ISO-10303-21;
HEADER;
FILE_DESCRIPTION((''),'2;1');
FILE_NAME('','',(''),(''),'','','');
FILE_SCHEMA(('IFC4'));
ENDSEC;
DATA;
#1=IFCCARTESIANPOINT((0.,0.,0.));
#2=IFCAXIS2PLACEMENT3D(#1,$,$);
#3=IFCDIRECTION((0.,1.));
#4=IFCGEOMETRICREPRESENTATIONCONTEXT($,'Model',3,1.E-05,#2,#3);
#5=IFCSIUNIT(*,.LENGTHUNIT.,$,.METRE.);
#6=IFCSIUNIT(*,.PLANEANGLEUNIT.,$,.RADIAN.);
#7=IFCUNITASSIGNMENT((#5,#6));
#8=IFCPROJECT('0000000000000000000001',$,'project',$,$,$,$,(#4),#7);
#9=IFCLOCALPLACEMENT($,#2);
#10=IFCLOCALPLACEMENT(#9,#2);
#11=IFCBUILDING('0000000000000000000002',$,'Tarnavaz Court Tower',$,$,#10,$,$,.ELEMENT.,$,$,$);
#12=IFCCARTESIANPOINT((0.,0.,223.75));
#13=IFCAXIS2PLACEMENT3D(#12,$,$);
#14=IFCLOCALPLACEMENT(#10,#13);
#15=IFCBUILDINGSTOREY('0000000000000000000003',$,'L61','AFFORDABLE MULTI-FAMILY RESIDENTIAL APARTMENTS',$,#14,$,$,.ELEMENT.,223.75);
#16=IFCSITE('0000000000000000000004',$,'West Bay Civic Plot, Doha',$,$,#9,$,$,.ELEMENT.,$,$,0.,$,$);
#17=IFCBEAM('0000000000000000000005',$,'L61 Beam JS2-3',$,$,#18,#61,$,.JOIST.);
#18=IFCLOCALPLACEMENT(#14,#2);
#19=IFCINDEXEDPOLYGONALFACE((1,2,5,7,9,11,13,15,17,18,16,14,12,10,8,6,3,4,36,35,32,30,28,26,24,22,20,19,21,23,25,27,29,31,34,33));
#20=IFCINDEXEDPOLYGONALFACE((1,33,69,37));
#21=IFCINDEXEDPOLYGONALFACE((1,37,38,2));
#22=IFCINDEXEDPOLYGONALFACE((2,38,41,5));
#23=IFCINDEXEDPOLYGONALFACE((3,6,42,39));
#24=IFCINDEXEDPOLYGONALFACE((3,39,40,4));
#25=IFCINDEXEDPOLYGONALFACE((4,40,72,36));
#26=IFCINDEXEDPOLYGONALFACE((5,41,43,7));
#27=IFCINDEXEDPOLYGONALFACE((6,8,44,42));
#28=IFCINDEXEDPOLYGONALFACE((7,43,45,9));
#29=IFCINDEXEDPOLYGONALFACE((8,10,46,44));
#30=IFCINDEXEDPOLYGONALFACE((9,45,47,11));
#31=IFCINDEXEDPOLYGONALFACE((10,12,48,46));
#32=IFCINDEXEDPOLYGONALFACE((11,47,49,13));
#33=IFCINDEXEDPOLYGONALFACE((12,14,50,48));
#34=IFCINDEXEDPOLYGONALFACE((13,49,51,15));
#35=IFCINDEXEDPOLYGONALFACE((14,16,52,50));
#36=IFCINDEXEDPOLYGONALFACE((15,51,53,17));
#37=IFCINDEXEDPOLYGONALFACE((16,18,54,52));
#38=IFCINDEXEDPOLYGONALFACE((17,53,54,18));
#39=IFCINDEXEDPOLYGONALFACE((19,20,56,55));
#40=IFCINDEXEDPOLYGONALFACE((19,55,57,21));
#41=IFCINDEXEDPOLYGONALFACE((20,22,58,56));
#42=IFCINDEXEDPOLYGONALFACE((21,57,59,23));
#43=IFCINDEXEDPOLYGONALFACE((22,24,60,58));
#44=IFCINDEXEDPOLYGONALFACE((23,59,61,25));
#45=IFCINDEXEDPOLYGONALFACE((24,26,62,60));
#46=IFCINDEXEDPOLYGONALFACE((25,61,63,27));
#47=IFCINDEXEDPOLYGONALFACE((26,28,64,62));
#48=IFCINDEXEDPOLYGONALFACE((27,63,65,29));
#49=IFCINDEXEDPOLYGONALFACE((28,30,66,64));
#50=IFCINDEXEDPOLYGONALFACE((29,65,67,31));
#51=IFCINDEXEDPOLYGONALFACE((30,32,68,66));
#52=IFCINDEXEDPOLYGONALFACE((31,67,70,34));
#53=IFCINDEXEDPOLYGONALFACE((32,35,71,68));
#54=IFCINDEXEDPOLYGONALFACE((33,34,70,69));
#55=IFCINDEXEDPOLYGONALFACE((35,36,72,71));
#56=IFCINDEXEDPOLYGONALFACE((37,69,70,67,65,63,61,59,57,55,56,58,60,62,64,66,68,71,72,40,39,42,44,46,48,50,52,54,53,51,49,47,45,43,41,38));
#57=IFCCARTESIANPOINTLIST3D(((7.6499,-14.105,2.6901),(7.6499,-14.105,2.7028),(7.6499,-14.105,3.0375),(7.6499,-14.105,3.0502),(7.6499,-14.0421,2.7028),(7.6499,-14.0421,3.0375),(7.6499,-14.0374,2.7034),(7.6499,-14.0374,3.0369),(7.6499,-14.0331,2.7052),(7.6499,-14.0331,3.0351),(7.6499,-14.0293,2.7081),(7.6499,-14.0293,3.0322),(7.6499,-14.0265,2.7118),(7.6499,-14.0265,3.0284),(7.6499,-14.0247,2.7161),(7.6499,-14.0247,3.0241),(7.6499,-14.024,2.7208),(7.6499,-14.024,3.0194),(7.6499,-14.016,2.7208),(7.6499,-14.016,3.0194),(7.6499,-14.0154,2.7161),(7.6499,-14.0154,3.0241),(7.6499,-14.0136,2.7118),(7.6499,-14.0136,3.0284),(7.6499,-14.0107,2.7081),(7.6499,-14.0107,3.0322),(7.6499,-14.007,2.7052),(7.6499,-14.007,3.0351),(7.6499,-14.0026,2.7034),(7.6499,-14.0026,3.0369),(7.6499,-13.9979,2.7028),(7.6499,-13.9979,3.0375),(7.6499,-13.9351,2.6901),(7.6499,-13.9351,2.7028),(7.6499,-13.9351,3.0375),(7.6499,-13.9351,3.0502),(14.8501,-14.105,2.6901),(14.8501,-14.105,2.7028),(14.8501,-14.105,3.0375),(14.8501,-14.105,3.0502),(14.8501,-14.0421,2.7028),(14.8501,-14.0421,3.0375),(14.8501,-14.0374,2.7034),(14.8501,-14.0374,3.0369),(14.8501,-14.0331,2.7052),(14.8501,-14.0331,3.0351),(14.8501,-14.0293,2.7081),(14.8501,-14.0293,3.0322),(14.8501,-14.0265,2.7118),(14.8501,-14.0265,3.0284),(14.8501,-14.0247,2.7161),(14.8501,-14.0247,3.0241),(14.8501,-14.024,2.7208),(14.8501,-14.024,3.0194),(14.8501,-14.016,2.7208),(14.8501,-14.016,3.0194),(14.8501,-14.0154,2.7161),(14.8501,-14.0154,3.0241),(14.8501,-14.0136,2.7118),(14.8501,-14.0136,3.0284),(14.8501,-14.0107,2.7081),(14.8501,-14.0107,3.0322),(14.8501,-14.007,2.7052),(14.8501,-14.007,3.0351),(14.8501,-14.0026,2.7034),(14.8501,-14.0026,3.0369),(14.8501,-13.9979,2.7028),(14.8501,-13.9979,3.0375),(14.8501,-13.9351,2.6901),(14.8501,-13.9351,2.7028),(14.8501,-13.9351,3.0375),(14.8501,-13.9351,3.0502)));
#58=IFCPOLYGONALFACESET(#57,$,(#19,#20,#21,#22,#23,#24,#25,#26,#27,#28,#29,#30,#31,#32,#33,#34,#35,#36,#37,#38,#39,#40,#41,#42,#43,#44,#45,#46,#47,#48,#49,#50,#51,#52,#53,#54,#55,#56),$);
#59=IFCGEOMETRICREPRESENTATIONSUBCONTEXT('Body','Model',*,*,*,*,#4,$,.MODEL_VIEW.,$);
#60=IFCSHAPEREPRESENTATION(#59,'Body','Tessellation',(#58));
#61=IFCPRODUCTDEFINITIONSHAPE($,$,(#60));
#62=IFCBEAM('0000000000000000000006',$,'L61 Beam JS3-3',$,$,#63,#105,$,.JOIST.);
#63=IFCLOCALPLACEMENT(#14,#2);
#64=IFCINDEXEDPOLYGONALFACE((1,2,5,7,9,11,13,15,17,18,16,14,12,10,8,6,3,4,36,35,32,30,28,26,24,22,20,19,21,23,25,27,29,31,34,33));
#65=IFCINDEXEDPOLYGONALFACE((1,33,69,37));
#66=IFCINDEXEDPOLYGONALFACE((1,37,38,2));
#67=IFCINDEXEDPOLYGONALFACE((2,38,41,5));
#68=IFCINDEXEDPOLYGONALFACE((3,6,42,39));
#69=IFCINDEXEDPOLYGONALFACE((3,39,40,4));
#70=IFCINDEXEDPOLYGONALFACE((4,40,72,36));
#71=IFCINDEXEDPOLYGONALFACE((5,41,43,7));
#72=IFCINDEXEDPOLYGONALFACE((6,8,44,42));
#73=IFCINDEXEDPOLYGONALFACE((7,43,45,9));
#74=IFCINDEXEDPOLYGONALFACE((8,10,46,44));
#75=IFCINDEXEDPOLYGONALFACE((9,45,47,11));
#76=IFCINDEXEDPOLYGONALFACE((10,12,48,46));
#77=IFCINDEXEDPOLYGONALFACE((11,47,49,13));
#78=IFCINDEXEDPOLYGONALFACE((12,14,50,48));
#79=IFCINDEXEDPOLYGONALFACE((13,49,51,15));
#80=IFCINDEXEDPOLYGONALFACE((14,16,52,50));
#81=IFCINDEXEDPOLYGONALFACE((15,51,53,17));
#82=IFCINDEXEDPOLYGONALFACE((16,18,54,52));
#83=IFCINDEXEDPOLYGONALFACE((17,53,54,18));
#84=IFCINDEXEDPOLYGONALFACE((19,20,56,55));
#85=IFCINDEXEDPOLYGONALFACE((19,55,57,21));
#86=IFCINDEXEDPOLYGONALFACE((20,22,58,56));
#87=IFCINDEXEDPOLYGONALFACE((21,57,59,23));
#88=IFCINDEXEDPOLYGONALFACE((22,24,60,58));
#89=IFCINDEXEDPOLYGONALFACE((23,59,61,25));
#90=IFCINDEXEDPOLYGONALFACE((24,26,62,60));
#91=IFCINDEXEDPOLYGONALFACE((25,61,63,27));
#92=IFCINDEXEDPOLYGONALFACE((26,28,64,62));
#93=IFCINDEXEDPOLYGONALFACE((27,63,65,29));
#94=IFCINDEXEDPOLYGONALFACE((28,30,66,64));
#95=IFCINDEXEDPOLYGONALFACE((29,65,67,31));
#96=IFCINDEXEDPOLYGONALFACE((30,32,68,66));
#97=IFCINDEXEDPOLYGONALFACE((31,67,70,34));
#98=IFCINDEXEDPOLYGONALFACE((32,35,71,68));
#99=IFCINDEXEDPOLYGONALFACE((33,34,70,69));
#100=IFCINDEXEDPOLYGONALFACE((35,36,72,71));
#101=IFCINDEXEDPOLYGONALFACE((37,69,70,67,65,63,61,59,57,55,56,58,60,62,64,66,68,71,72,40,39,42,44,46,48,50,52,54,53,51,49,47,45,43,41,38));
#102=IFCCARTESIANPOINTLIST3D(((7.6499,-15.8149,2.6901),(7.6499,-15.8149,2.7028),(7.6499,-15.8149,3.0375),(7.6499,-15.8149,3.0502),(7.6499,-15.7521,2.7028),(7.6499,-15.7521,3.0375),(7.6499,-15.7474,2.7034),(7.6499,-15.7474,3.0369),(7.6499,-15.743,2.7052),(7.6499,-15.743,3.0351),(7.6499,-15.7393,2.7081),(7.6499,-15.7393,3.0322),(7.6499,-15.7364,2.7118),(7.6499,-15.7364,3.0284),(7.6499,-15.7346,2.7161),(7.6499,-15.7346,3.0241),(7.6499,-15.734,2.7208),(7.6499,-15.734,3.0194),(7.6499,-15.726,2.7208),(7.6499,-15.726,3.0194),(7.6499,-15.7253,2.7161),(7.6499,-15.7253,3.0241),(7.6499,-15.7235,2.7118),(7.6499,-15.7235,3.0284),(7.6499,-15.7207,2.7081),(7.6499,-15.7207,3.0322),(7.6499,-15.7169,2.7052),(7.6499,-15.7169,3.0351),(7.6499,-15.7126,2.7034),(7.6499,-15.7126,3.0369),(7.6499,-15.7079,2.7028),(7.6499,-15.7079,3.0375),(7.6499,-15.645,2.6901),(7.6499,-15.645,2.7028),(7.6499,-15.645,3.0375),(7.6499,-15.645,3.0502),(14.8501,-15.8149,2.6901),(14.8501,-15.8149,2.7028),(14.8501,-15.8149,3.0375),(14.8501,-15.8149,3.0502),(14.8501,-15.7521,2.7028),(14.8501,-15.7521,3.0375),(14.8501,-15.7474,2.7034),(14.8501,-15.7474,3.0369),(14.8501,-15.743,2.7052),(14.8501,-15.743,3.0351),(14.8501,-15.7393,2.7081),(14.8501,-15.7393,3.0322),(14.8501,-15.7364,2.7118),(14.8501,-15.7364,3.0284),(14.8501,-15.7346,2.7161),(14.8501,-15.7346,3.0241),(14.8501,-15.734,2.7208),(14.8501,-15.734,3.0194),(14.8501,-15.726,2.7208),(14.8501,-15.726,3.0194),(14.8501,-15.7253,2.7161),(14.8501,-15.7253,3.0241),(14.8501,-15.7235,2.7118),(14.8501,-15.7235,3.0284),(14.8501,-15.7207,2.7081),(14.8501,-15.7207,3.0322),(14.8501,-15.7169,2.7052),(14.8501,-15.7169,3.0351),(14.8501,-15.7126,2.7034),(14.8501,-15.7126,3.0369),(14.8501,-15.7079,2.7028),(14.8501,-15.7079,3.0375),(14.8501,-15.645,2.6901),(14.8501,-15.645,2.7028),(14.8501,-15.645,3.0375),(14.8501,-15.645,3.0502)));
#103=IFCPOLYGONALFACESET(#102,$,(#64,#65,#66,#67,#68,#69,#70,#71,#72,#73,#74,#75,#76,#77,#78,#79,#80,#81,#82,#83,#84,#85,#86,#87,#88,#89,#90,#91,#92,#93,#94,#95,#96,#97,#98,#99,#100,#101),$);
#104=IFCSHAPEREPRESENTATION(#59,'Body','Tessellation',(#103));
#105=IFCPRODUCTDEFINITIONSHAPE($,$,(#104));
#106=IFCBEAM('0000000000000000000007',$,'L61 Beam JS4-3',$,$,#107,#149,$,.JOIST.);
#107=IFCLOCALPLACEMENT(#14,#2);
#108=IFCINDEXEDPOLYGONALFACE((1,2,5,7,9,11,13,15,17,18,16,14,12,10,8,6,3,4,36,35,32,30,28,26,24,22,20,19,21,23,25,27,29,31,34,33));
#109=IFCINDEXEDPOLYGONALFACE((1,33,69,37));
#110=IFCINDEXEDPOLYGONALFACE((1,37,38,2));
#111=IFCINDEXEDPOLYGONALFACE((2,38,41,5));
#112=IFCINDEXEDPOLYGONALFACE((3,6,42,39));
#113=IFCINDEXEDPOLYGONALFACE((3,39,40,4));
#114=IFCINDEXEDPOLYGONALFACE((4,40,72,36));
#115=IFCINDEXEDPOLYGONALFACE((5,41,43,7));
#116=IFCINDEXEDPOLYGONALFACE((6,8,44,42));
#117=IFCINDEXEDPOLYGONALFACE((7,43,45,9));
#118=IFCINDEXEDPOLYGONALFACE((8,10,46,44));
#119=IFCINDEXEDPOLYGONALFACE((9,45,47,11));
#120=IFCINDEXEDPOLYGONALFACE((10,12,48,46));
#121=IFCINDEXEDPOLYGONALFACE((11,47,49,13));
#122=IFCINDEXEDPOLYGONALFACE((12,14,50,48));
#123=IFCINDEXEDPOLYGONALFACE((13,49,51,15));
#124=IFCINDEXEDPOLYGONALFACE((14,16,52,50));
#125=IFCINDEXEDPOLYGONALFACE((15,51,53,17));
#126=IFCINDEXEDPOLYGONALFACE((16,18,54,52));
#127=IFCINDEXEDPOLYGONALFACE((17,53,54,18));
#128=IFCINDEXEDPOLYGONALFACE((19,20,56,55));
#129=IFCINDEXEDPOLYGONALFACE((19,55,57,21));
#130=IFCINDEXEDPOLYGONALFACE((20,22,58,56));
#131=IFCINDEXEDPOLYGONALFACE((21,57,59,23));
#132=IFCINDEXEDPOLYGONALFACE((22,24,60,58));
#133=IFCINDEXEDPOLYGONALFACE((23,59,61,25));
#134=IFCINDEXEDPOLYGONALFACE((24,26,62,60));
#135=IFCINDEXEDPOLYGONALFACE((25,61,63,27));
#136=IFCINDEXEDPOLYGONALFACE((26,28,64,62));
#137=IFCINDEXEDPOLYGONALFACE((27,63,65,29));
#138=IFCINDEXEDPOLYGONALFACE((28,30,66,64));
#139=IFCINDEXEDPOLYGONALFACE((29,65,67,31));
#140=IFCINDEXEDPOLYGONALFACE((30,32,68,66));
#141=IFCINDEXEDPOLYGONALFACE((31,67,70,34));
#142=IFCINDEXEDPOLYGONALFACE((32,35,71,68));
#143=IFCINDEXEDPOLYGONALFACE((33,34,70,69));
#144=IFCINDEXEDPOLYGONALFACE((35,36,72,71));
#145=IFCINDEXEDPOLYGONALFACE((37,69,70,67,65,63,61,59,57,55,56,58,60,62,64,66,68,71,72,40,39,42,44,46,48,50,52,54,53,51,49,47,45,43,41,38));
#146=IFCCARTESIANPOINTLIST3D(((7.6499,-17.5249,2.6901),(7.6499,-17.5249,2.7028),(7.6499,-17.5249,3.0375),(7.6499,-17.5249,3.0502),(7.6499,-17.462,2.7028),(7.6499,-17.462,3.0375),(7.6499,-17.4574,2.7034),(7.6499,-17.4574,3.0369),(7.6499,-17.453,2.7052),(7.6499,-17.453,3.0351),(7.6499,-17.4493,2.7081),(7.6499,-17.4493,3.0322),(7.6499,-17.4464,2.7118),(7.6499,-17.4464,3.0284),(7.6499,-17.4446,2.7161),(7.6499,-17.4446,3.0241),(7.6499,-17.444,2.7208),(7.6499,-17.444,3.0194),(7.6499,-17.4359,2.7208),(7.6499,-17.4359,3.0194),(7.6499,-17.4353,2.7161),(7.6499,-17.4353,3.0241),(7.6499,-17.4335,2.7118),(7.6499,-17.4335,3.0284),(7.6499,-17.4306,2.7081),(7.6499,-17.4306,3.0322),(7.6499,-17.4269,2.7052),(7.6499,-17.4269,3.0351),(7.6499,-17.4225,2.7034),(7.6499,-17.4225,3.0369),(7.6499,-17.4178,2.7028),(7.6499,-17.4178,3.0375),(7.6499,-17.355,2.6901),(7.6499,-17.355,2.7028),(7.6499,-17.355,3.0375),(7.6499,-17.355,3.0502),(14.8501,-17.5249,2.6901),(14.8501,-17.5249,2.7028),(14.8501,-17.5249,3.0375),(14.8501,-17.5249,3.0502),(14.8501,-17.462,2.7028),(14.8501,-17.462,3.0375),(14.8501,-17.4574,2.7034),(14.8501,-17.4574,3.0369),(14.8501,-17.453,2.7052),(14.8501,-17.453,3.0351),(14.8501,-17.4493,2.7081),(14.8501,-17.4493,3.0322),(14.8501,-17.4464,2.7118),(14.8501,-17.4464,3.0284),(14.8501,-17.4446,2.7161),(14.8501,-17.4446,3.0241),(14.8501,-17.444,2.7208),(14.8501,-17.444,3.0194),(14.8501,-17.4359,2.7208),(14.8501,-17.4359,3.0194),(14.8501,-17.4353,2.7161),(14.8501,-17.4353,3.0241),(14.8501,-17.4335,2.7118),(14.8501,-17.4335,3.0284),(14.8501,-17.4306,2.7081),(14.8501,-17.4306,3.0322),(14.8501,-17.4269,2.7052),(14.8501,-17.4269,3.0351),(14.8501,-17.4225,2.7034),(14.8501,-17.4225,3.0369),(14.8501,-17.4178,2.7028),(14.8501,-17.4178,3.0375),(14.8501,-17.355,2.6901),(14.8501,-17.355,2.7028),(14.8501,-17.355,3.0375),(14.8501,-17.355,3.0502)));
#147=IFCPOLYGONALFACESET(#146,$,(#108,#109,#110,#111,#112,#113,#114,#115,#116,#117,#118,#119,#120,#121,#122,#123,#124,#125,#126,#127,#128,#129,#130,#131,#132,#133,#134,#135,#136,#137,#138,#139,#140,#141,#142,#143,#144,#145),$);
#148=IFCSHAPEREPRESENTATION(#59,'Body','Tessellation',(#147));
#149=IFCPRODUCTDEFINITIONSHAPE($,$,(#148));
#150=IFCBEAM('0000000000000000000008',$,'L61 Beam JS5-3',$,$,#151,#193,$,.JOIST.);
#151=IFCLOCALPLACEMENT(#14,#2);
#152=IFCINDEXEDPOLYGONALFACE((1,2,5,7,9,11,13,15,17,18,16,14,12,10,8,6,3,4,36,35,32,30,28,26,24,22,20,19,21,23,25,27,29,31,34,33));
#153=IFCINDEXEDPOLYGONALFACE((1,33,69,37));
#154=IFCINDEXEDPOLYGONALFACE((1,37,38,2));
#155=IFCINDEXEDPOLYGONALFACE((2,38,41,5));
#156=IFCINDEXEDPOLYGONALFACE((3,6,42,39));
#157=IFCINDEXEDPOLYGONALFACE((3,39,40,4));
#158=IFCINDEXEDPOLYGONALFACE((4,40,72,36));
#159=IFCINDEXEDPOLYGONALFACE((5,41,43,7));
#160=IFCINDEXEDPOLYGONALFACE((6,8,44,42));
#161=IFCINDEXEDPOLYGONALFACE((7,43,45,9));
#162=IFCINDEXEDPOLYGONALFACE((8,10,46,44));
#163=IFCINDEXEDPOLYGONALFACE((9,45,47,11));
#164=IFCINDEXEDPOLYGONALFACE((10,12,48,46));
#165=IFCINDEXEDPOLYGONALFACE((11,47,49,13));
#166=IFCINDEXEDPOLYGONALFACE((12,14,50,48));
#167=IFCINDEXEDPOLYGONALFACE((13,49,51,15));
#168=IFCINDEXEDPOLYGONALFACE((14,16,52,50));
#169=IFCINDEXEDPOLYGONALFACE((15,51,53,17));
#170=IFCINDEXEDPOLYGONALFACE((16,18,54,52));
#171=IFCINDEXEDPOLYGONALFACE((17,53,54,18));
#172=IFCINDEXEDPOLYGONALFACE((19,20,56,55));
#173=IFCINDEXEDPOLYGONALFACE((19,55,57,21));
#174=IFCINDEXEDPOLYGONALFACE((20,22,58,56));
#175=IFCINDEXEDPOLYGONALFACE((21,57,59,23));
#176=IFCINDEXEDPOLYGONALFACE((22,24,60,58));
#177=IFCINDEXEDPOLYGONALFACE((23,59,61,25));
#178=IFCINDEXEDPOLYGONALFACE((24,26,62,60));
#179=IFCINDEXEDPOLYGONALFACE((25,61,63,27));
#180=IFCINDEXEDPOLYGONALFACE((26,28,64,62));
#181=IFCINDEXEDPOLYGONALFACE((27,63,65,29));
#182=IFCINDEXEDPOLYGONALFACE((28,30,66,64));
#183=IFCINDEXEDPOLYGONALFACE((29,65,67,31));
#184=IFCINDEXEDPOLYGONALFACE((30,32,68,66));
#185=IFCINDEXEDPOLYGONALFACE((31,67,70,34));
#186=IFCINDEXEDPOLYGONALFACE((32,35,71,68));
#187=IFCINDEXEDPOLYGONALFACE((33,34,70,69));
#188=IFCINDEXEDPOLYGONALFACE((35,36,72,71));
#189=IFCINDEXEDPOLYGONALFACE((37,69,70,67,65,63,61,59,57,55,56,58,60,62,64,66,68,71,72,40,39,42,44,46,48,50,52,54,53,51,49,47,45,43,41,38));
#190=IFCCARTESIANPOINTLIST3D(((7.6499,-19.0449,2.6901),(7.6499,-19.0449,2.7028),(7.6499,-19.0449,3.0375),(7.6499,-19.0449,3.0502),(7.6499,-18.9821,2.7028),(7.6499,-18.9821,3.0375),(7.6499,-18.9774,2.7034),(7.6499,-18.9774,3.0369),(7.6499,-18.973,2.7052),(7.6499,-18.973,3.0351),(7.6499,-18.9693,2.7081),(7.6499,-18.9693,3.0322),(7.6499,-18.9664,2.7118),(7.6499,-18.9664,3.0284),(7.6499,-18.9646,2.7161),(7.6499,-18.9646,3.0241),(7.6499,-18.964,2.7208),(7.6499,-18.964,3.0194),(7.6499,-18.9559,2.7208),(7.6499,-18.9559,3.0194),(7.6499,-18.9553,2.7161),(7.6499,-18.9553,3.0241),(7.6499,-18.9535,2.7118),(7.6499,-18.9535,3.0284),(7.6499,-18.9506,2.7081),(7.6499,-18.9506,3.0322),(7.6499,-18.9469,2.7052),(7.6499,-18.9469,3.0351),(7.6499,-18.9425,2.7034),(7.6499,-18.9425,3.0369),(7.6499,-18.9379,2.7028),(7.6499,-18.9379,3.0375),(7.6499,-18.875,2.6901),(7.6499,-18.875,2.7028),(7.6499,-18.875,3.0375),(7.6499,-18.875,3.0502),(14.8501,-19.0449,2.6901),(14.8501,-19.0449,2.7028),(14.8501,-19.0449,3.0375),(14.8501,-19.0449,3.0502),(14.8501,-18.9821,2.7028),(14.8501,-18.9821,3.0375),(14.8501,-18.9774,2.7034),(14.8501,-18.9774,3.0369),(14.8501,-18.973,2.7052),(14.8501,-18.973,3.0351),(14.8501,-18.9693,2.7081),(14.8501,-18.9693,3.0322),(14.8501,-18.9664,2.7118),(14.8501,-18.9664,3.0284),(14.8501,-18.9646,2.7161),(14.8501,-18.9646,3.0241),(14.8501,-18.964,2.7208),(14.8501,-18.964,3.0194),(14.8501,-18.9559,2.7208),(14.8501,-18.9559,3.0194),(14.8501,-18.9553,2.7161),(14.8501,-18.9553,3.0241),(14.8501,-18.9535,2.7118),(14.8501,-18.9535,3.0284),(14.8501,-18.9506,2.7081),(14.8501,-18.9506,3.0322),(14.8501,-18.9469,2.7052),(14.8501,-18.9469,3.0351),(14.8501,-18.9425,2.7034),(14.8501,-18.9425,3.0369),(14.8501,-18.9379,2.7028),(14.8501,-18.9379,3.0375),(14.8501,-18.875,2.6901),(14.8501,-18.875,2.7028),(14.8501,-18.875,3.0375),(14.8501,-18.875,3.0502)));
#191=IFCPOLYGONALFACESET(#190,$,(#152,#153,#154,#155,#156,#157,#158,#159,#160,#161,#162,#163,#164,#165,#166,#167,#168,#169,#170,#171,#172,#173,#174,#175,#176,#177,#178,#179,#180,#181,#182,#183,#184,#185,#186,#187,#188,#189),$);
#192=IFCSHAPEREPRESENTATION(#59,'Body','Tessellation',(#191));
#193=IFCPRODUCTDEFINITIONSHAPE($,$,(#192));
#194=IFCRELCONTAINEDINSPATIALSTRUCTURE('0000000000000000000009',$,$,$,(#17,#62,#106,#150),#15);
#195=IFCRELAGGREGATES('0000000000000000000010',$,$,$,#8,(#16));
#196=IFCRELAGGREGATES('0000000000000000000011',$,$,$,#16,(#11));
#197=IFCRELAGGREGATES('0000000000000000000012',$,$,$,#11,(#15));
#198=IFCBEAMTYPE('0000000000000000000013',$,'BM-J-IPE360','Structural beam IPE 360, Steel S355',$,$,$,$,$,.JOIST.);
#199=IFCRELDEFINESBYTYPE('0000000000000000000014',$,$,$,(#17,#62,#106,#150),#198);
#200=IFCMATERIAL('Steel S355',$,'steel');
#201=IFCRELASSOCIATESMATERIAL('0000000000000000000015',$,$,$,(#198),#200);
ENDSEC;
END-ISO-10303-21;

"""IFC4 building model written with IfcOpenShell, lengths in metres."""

from ifc_helpers import new_model, si_unit, direction, frame, origin, origin_2d, place, context, subcontext, project, spatial, i_section, extrude, material, material_profile, profile_set, type_object, element, save


model = new_model("IFC4")

# Units and contexts
model_context = context("Model", 3, precision=1e-05, world=origin(), true_north=direction((0.0, 1.0)))
body_context = subcontext(model_context, "Body", "Model", "MODEL_VIEW")
ifc_project = project(units=[si_unit("LENGTHUNIT", "METRE"), si_unit("PLANEANGLEUNIT", "RADIAN")], contexts=[model_context])

# Site, building, storey
site_placement = place(None, origin())
site = spatial("IfcSite", under=ifc_project, at=site_placement, Name="West Bay Civic Plot, Doha", CompositionType="ELEMENT", RefElevation=0.0)
building_placement = place(site_placement, origin())
building = spatial("IfcBuilding", under=site, at=building_placement, Name="Tarnavaz Court Tower", CompositionType="ELEMENT")
storey_placement = place(building_placement, frame((0.0, 0.0, 223.75)))
storey = spatial("IfcBuildingStorey", under=building, at=storey_placement, Name="L61", Description="AFFORDABLE MULTI-FAMILY RESIDENTIAL APARTMENTS", CompositionType="ELEMENT", Elevation=223.75)

# Beams
ifc_material_1 = material(Name="Steel S355", Category="steel")
ifc_material_profile_1 = material_profile(ifc_material_1, i_section(OverallWidth=0.1699, OverallDepth=0.3601, WebThickness=0.0081, FlangeThickness=0.0127, FilletRadius=0.0181, at=origin_2d()), Name="IPE 360")
ifc_profile_set_1 = profile_set([ifc_material_profile_1], Name="Steel S355")
beam_type_1 = type_object("IfcBeamType", Name="BM-J-IPE360", Description="Structural beam IPE 360, Steel S355", PredefinedType="JOIST", material=ifc_profile_set_1)
for number, where, z_axis, x_axis, name in (
    (1, (7.6499, -14.02, 2.8701), (1.0, 0.0, 0.0), (0.0, 1.0, 0.0), "L61 Beam JS2-3"),
    (2, (7.6499, -15.73, 2.8701), (1.0, 0.0, 0.0), (0.0, 1.0, 0.0), "L61 Beam JS3-3"),
    (3, (7.6499, -17.4399, 2.8701), (1.0, 0.0, 0.0), (0.0, 1.0, 0.0), "L61 Beam JS4-3"),
    (4, (7.6499, -18.96, 2.8701), (1.0, 0.0, 0.0), (0.0, 1.0, 0.0), "L61 Beam JS5-3"),
):
    element("IfcBeam", number, at=place(storey_placement, frame(where, z_axis=z_axis, x_axis=x_axis)), inside=storey, type_object=beam_type_1, Name=name, PredefinedType="JOIST", context=body_context, shape_type="SweptSolid", body=[
        extrude(i_section(OverallWidth=0.1699, OverallDepth=0.3601, WebThickness=0.0081, FlangeThickness=0.0127, FilletRadius=0.0181, at=origin_2d()), origin(), (0.0, 0.0, 1.0), 7.2002),
    ])

save(model, "model.ifc")
